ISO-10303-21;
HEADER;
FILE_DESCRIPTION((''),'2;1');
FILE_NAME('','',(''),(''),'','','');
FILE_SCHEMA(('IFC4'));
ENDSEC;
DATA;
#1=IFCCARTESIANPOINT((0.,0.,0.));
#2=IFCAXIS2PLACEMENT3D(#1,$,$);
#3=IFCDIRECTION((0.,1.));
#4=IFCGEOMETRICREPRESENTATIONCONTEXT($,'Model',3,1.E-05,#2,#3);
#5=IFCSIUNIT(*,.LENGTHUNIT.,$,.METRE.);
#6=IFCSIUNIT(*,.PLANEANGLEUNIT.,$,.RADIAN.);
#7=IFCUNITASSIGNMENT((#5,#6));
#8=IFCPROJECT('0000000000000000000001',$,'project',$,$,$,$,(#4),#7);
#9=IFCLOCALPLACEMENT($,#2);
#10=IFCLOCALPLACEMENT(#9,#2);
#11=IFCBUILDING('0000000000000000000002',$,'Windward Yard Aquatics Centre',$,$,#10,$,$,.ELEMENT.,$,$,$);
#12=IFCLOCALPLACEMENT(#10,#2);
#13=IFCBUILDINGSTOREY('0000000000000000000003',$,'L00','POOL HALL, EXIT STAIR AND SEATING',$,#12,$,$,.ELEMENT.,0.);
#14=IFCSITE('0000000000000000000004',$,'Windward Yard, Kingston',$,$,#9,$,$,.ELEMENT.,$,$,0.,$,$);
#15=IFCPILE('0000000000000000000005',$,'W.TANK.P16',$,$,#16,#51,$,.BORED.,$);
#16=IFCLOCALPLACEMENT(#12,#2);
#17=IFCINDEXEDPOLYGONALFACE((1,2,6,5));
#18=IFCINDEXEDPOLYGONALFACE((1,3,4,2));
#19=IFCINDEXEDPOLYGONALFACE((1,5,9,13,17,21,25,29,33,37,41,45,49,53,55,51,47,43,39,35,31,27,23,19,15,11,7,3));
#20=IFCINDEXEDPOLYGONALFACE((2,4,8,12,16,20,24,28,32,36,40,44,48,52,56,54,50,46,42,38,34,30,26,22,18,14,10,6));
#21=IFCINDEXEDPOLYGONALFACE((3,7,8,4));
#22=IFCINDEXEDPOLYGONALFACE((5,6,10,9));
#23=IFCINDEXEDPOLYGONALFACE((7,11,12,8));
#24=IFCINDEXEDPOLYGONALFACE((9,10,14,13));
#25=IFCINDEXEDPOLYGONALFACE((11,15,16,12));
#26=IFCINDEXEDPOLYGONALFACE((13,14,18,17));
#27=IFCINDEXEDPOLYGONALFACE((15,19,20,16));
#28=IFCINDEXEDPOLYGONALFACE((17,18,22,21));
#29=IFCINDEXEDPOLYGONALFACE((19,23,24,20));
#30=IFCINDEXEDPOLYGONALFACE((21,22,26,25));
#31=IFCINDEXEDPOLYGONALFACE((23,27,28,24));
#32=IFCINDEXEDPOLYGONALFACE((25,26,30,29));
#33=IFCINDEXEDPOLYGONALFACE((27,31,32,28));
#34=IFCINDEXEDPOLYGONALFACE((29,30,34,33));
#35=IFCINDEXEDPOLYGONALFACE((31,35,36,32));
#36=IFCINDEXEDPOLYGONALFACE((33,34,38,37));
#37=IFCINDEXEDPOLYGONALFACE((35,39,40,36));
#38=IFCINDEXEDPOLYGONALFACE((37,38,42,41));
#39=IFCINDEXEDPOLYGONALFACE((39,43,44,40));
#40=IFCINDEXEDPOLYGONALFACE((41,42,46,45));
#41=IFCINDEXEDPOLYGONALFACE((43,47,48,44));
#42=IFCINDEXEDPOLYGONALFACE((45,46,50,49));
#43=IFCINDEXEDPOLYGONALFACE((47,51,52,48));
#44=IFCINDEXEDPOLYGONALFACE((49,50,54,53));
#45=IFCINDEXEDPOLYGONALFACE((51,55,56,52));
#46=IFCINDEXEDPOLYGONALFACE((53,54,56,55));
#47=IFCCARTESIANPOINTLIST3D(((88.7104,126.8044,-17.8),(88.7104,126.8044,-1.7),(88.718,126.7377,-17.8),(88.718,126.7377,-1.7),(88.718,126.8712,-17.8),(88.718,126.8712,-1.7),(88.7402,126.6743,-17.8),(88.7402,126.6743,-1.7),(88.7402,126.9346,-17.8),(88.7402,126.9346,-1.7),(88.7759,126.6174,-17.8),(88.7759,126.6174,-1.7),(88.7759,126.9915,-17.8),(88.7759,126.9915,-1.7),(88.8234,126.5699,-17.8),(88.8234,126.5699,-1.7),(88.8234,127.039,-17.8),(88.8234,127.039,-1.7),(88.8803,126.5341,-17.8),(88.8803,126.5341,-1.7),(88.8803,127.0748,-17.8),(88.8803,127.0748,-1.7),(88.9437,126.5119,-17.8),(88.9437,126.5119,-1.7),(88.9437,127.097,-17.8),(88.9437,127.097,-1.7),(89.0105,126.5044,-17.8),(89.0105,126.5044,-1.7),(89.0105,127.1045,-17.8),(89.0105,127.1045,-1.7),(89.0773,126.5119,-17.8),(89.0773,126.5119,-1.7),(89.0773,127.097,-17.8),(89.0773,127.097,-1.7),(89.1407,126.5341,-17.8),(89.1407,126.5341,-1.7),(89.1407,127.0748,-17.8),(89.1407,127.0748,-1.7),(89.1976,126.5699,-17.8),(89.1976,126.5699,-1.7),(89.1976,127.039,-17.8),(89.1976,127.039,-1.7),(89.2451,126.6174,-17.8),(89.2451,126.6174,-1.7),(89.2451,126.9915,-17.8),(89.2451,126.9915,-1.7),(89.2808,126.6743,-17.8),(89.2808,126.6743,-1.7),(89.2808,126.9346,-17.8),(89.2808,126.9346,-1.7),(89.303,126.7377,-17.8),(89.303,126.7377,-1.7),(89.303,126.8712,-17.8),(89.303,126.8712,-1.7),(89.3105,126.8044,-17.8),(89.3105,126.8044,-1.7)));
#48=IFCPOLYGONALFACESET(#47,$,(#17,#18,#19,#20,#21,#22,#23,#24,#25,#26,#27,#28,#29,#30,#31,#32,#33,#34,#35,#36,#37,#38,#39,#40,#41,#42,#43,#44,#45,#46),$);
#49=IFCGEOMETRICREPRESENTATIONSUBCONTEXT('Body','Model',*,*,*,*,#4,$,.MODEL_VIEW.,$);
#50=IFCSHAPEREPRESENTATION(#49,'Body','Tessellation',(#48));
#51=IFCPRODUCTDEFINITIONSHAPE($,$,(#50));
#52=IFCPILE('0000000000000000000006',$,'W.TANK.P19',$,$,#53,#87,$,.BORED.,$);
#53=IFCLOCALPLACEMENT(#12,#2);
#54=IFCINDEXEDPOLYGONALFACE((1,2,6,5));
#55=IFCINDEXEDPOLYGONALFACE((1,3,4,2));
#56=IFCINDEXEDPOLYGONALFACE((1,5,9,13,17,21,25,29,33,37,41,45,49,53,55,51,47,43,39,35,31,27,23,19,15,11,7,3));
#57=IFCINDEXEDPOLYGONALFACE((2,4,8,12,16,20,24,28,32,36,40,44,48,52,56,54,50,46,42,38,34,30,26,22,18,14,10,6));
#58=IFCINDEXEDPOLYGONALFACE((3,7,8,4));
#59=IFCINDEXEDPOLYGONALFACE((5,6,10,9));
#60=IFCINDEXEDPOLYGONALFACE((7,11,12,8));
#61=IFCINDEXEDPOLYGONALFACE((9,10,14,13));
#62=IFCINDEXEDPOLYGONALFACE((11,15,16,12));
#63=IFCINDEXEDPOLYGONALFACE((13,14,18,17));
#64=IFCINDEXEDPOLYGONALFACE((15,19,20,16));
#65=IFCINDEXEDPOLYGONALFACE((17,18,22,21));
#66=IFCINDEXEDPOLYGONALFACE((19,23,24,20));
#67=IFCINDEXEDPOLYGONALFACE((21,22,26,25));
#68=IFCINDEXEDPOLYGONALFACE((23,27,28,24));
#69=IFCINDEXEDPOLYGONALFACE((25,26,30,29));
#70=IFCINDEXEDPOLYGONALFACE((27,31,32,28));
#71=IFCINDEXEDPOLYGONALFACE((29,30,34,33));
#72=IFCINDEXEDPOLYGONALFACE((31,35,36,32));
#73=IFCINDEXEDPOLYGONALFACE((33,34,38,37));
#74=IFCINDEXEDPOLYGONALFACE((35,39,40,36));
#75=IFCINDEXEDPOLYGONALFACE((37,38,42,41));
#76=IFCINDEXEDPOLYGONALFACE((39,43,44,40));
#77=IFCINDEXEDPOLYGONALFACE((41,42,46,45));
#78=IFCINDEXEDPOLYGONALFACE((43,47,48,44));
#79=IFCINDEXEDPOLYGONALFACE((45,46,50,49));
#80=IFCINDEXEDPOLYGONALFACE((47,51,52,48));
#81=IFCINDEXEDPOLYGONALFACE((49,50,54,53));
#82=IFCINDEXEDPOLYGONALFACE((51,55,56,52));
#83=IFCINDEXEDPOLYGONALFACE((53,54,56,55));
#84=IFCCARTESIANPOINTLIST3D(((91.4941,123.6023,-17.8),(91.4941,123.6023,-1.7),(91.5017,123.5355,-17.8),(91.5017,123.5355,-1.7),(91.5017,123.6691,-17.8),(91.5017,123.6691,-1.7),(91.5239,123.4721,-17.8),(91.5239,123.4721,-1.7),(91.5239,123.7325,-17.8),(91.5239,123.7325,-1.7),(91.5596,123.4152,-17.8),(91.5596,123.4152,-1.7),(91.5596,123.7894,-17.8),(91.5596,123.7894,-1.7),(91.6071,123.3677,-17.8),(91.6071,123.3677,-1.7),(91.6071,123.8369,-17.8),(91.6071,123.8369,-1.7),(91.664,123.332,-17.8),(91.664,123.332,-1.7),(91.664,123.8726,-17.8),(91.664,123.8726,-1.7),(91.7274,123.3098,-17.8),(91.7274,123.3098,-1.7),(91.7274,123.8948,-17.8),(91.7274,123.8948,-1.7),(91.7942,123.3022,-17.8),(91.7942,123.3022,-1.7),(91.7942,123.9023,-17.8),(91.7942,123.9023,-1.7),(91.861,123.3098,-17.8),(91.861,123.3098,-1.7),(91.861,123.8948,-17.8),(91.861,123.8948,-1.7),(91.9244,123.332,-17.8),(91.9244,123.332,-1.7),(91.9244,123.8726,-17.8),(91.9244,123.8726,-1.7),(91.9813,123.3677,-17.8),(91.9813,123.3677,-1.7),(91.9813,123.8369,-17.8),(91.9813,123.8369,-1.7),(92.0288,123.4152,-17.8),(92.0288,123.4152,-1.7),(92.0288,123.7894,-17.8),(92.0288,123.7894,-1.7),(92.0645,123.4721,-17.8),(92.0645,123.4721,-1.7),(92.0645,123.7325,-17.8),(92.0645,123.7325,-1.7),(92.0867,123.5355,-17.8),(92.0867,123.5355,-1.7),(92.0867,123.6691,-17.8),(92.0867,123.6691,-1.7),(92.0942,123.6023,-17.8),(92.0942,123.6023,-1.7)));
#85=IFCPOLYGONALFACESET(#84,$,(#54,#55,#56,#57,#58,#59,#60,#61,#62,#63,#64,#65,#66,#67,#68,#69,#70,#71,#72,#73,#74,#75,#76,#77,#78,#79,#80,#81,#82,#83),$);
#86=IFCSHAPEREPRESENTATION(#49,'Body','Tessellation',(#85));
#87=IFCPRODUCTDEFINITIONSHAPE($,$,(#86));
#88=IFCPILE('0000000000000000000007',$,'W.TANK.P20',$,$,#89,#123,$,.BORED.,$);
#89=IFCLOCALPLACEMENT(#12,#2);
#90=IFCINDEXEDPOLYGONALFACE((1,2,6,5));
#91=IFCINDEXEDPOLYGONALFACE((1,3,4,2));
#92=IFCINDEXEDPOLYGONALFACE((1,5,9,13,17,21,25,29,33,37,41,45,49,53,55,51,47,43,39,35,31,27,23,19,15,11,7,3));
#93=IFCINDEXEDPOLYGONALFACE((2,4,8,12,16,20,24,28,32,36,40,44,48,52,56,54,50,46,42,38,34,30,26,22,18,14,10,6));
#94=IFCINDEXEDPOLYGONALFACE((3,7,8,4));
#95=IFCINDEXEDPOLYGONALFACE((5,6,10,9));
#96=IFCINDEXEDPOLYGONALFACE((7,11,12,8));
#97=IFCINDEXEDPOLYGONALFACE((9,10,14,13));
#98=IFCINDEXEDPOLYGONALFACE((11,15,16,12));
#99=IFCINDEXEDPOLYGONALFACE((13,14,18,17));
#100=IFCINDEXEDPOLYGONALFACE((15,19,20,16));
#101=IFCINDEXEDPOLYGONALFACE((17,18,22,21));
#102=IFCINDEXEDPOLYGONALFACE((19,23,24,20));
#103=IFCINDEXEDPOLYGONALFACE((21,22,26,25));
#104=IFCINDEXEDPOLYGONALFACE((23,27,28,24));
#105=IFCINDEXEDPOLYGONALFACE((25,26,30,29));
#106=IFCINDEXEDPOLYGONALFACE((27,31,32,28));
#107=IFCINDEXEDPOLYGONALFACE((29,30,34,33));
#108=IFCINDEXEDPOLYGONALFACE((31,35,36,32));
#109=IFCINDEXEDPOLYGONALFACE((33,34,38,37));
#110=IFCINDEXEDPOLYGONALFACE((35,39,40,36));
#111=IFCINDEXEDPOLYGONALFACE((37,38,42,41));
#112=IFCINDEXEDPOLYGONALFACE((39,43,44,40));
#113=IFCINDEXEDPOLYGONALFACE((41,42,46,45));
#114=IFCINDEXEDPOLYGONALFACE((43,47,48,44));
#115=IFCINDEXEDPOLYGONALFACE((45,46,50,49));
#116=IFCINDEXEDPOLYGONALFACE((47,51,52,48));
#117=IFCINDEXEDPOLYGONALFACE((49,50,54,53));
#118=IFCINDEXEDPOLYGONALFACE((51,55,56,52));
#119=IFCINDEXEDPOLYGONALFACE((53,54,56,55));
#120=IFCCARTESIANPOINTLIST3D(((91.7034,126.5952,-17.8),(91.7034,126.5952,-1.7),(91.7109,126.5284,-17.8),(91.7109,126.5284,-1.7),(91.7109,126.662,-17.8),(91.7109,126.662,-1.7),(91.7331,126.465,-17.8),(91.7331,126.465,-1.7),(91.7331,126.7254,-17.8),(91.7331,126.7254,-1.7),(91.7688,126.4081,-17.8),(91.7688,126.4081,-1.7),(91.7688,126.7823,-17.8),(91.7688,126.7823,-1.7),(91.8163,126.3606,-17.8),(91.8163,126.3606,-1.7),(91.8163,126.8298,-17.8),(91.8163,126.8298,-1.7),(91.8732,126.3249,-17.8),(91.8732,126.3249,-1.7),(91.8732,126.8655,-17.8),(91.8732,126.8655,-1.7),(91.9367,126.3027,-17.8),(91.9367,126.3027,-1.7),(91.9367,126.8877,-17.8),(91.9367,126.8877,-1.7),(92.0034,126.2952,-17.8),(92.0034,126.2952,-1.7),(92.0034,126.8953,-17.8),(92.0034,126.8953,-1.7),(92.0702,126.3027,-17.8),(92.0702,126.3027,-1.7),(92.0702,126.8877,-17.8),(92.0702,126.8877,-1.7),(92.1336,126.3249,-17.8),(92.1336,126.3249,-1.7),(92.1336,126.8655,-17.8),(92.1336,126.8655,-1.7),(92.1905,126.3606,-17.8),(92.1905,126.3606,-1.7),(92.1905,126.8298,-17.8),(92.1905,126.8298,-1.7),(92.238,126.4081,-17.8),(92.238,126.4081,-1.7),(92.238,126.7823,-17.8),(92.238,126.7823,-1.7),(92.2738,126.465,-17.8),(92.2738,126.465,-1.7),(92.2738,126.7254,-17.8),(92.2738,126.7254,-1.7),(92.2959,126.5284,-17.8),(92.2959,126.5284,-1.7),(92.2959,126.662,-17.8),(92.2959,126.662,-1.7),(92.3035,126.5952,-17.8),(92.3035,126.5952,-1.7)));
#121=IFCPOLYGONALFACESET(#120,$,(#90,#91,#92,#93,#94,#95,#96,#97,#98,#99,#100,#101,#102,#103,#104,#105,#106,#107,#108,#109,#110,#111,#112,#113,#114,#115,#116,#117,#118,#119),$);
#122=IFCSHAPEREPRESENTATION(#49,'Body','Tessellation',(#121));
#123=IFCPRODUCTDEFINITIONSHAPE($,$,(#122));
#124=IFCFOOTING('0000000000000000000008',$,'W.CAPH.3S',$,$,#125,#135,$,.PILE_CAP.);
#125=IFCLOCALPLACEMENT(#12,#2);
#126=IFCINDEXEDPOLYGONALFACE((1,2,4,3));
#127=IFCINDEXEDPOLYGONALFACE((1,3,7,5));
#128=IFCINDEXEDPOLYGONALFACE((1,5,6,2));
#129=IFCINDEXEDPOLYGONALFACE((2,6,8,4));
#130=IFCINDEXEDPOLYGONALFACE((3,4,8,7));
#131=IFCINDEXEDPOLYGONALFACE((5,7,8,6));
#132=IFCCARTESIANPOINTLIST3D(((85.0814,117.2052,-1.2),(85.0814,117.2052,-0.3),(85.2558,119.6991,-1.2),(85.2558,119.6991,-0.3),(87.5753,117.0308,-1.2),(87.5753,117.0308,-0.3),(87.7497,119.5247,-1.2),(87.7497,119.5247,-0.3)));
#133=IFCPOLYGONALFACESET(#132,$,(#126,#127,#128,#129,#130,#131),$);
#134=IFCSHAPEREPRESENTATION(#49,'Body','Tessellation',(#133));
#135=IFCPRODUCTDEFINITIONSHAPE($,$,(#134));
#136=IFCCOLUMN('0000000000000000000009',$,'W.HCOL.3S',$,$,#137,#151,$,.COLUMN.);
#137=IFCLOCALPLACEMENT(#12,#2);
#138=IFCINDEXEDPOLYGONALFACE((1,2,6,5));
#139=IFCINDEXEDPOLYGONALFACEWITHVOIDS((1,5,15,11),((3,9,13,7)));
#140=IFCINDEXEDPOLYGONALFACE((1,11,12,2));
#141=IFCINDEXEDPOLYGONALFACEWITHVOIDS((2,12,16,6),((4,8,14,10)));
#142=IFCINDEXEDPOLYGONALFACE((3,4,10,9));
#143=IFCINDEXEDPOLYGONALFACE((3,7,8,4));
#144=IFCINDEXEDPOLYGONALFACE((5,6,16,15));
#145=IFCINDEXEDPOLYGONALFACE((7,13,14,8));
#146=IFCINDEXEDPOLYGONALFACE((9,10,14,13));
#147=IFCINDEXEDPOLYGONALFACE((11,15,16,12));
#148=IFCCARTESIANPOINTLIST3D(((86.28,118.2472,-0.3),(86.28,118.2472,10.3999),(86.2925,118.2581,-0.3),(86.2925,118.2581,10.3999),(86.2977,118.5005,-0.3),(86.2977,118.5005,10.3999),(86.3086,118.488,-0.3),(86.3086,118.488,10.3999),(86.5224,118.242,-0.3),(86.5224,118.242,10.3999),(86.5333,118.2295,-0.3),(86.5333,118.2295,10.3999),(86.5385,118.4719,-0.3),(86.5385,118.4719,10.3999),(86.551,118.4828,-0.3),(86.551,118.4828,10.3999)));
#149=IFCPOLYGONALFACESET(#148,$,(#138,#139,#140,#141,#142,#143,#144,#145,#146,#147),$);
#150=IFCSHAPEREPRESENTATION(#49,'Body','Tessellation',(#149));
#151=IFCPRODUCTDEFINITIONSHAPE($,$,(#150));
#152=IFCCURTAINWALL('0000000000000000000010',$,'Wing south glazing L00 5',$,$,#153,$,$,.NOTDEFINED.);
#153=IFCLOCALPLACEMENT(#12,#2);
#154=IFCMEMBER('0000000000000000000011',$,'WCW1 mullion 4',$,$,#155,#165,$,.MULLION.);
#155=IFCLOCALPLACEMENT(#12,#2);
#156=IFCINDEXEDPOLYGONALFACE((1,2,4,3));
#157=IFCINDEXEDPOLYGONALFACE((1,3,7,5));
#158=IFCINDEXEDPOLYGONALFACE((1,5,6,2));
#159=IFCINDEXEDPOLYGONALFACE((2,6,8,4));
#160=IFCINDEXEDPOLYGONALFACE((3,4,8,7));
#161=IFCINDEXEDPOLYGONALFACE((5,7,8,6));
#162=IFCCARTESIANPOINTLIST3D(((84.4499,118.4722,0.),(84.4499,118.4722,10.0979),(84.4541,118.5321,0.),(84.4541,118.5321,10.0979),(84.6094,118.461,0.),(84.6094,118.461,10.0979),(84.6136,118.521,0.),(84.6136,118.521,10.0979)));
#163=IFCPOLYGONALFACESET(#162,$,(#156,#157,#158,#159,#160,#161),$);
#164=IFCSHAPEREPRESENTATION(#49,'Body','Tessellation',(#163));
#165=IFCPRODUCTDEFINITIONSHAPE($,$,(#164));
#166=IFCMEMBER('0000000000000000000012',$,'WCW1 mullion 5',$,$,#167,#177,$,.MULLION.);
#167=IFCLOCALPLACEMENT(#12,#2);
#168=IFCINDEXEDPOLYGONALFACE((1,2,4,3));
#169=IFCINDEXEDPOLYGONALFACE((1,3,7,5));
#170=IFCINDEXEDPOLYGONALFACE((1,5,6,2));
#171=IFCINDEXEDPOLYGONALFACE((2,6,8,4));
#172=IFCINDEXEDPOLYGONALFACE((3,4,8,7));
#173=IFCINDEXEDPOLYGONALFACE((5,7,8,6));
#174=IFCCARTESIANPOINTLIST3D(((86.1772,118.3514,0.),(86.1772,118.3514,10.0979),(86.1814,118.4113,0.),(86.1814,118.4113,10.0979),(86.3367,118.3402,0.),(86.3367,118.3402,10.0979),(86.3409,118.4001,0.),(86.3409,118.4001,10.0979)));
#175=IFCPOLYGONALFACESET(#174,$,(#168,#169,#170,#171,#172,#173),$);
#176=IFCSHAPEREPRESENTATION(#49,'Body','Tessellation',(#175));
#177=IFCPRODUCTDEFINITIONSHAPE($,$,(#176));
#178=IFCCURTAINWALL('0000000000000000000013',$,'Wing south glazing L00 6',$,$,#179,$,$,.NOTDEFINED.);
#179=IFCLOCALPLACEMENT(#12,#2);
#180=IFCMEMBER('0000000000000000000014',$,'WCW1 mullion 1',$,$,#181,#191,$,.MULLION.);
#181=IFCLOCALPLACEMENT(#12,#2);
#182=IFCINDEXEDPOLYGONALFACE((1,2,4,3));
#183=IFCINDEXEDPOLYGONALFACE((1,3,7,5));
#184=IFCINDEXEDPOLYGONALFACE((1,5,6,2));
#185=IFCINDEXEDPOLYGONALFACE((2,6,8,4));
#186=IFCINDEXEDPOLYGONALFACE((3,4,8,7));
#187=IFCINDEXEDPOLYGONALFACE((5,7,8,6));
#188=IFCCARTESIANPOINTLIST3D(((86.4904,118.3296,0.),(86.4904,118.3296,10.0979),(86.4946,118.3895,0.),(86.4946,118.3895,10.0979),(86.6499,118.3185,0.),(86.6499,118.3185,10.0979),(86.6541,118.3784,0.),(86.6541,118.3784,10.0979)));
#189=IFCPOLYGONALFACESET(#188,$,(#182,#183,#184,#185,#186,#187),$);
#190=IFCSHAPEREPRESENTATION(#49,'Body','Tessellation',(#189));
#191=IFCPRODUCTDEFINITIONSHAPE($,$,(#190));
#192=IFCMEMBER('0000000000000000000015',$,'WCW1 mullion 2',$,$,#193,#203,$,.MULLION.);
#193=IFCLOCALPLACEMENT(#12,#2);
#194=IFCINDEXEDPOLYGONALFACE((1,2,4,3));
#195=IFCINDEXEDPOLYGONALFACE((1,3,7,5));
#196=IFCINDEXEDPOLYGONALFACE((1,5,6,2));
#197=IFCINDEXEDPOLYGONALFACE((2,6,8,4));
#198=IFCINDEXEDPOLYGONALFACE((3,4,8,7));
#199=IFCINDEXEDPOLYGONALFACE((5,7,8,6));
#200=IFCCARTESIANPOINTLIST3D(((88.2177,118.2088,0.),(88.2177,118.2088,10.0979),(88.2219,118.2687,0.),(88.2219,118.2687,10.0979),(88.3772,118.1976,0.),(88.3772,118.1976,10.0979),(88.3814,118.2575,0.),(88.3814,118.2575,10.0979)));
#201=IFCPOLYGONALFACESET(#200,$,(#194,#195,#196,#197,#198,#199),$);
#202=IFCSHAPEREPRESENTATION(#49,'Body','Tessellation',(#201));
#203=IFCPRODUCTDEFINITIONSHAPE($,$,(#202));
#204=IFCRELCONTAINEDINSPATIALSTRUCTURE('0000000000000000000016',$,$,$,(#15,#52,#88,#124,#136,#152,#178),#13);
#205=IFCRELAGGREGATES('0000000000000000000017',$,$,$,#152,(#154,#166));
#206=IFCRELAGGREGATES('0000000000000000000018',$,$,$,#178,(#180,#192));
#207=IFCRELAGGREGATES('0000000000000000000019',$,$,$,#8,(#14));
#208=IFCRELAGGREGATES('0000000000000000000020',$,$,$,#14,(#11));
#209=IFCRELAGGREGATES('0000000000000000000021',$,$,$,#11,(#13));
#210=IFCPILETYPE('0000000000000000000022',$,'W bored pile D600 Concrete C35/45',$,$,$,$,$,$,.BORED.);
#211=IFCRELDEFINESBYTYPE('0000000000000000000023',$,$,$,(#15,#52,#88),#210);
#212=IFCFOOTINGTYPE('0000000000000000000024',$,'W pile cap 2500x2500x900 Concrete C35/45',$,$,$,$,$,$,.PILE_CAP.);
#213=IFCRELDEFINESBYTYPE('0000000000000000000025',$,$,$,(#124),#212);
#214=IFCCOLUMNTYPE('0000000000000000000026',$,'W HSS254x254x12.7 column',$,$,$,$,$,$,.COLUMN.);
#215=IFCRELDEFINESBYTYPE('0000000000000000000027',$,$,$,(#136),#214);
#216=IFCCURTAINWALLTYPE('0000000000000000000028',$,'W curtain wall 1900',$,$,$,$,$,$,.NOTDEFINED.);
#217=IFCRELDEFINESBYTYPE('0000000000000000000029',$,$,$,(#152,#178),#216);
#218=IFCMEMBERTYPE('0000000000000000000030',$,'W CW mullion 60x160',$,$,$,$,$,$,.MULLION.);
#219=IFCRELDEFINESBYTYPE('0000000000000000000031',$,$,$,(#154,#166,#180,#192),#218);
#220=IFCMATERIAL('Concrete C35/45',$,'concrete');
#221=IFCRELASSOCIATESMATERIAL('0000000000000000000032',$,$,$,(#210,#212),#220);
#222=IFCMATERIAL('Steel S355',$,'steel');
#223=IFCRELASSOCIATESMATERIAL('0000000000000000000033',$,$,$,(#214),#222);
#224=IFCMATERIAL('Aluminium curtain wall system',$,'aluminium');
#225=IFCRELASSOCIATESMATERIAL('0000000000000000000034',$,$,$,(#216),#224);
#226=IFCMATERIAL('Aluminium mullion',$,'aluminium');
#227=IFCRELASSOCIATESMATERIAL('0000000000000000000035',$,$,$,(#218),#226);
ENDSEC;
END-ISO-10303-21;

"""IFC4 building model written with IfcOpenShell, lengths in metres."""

from ifc_helpers import new_model, si_unit, direction, frame, origin, origin_2d, place, context, subcontext, project, spatial, rectangle, hollow_rectangle, circle, extrude, material, material_profile, profile_set, type_object, element, aggregate, save


model = new_model("IFC4")

# Units and contexts
model_context = context("Model", 3, precision=1e-05, world=origin(), true_north=direction((0.0, 1.0)))
body_context = subcontext(model_context, "Body", "Model", "MODEL_VIEW")
ifc_project = project(units=[si_unit("LENGTHUNIT", "METRE"), si_unit("PLANEANGLEUNIT", "RADIAN")], contexts=[model_context])

# Site, building, storey
site_placement = place(None, origin())
site = spatial("IfcSite", under=ifc_project, at=site_placement, Name="Windward Yard, Kingston", CompositionType="ELEMENT", RefElevation=0.0)
building_placement = place(site_placement, origin())
building = spatial("IfcBuilding", under=site, at=building_placement, Name="Windward Yard Aquatics Centre", CompositionType="ELEMENT")
storey_placement = place(building_placement, origin())
storey = spatial("IfcBuildingStorey", under=building, at=storey_placement, Name="L00", Description="POOL HALL, EXIT STAIR AND SEATING", CompositionType="ELEMENT", Elevation=0.0)

# Piles
ifc_material_1 = material(Name="Concrete C35/45", Category="concrete")
ifc_material_profile_1 = material_profile(ifc_material_1, circle(Radius=0.3, at=origin_2d()), Name="D600")
ifc_profile_set_1 = profile_set([ifc_material_profile_1], Name="Concrete C35/45")
pile_type = type_object("IfcPileType", Name="W bored pile D600 Concrete C35/45", PredefinedType="BORED", material=ifc_profile_set_1)
for number, where, z_axis, x_axis, name in (
    (1, (89.0105, 126.8044, -1.7), (0.0, 0.0, -1.0), (1.0, 0.0, 0.0), "W.TANK.P16"),
    (2, (91.7942, 123.6023, -1.7), (0.0, 0.0, -1.0), (1.0, 0.0, 0.0), "W.TANK.P19"),
    (3, (92.0034, 126.5952, -1.7), (0.0, 0.0, -1.0), (1.0, 0.0, 0.0), "W.TANK.P20"),
):
    element("IfcPile", number, at=place(storey_placement, frame(where, z_axis=z_axis, x_axis=x_axis)), inside=storey, type_object=pile_type, Name=name, PredefinedType="BORED", context=body_context, shape_type="SweptSolid", body=[
        extrude(circle(Radius=0.3, at=origin_2d()), origin(), (0.0, 0.0, 1.0), 16.1001),
    ])

# Footing
footing_type = type_object("IfcFootingType", Name="W pile cap 2500x2500x900 Concrete C35/45", PredefinedType="PILE_CAP", material=ifc_material_1)
footing_placement = place(storey_placement, frame((86.4155, 118.365, -1.2), z_axis=(0.0, 0.0, 1.0), x_axis=(0.997564, -0.069756, 0.0)))
element("IfcFooting", 4, at=footing_placement, inside=storey, type_object=footing_type, Name="W.CAPH.3S", PredefinedType="PILE_CAP", context=body_context, shape_type="SweptSolid", body=[
    extrude(rectangle(XDim=2.5, YDim=2.5, at=origin_2d()), origin(), (0.0, 0.0, 1.0), 0.8999),
])

# Column
ifc_material_2 = material(Name="Steel S355", Category="steel")
ifc_material_profile_2 = material_profile(ifc_material_2, hollow_rectangle(XDim=0.2539, YDim=0.2539, WallThickness=0.0117, at=origin_2d()), Name="HSS254x254x12.7")
ifc_profile_set_2 = profile_set([ifc_material_profile_2], Name="Steel S355")
column_type = type_object("IfcColumnType", Name="W HSS254x254x12.7 column", PredefinedType="COLUMN", material=ifc_profile_set_2)
column_placement = place(storey_placement, frame((86.4155, 118.365, -0.3), z_axis=(0.0, 0.0, 1.0), x_axis=(0.997564, -0.069756, 0.0)))
element("IfcColumn", 5, at=column_placement, inside=storey, type_object=column_type, Name="W.HCOL.3S", PredefinedType="COLUMN", context=body_context, shape_type="SweptSolid", body=[
    extrude(hollow_rectangle(XDim=0.2539, YDim=0.2539, WallThickness=0.0117, at=origin_2d()), origin(), (0.0, 0.0, 1.0), 10.7),
])

# Curtain walls, members
ifc_material_3 = material(Name="Aluminium curtain wall system", Category="aluminium")
curtain_wall_type = type_object("IfcCurtainWallType", Name="W curtain wall 1900", PredefinedType="NOTDEFINED", material=ifc_material_3)
curtain_wall_1_placement = place(storey_placement, origin())
curtain_wall_1 = element("IfcCurtainWall", 6, at=curtain_wall_1_placement, inside=storey, type_object=curtain_wall_type, Name="Wing south glazing L00 5", PredefinedType="NOTDEFINED")
ifc_material_4 = material(Name="Aluminium mullion", Category="aluminium")
ifc_material_profile_3 = material_profile(ifc_material_4, rectangle(XDim=0.0601, YDim=0.1599, at=origin_2d()), Name="AL 60x160")
ifc_profile_set_3 = profile_set([ifc_material_profile_3], Name="Aluminium mullion")
member_type_1 = type_object("IfcMemberType", Name="W CW mullion 60x160", PredefinedType="MULLION", material=ifc_profile_set_3)
member_1_placement = place(storey_placement, frame((84.5317, 118.4966, 0.0), z_axis=(0.0, 0.0, 1.0), x_axis=(0.069756, 0.997564, 0.0)))
member_1 = element("IfcMember", 7, at=member_1_placement, type_object=member_type_1, Name="WCW1 mullion 4", PredefinedType="MULLION", context=body_context, shape_type="SweptSolid", body=[
    extrude(rectangle(XDim=0.0601, YDim=0.1599, at=origin_2d()), origin(), (0.0, 0.0, 1.0), 10.0979),
])
member_2_placement = place(storey_placement, frame((86.259, 118.3757, 0.0), z_axis=(0.0, 0.0, 1.0), x_axis=(0.069756, 0.997564, 0.0)))
member_2 = element("IfcMember", 8, at=member_2_placement, type_object=member_type_1, Name="WCW1 mullion 5", PredefinedType="MULLION", context=body_context, shape_type="SweptSolid", body=[
    extrude(rectangle(XDim=0.0601, YDim=0.1599, at=origin_2d()), origin(), (0.0, 0.0, 1.0), 10.0979),
])
curtain_wall_2_placement = place(storey_placement, origin())
curtain_wall_2 = element("IfcCurtainWall", 9, at=curtain_wall_2_placement, inside=storey, type_object=curtain_wall_type, Name="Wing south glazing L00 6", PredefinedType="NOTDEFINED")
member_3_placement = place(storey_placement, frame((86.5723, 118.354, 0.0), z_axis=(0.0, 0.0, 1.0), x_axis=(0.069756, 0.997564, 0.0)))
member_3 = element("IfcMember", 10, at=member_3_placement, type_object=member_type_1, Name="WCW1 mullion 1", PredefinedType="MULLION", context=body_context, shape_type="SweptSolid", body=[
    extrude(rectangle(XDim=0.0601, YDim=0.1599, at=origin_2d()), origin(), (0.0, 0.0, 1.0), 10.0979),
])
member_4_placement = place(storey_placement, frame((88.2996, 118.2332, 0.0), z_axis=(0.0, 0.0, 1.0), x_axis=(0.069756, 0.997564, 0.0)))
member_4 = element("IfcMember", 11, at=member_4_placement, type_object=member_type_1, Name="WCW1 mullion 2", PredefinedType="MULLION", context=body_context, shape_type="SweptSolid", body=[
    extrude(rectangle(XDim=0.0601, YDim=0.1599, at=origin_2d()), origin(), (0.0, 0.0, 1.0), 10.0979),
])

aggregate(curtain_wall_1, [member_1, member_2])
aggregate(curtain_wall_2, [member_3, member_4])

save(model, "model.ifc")
